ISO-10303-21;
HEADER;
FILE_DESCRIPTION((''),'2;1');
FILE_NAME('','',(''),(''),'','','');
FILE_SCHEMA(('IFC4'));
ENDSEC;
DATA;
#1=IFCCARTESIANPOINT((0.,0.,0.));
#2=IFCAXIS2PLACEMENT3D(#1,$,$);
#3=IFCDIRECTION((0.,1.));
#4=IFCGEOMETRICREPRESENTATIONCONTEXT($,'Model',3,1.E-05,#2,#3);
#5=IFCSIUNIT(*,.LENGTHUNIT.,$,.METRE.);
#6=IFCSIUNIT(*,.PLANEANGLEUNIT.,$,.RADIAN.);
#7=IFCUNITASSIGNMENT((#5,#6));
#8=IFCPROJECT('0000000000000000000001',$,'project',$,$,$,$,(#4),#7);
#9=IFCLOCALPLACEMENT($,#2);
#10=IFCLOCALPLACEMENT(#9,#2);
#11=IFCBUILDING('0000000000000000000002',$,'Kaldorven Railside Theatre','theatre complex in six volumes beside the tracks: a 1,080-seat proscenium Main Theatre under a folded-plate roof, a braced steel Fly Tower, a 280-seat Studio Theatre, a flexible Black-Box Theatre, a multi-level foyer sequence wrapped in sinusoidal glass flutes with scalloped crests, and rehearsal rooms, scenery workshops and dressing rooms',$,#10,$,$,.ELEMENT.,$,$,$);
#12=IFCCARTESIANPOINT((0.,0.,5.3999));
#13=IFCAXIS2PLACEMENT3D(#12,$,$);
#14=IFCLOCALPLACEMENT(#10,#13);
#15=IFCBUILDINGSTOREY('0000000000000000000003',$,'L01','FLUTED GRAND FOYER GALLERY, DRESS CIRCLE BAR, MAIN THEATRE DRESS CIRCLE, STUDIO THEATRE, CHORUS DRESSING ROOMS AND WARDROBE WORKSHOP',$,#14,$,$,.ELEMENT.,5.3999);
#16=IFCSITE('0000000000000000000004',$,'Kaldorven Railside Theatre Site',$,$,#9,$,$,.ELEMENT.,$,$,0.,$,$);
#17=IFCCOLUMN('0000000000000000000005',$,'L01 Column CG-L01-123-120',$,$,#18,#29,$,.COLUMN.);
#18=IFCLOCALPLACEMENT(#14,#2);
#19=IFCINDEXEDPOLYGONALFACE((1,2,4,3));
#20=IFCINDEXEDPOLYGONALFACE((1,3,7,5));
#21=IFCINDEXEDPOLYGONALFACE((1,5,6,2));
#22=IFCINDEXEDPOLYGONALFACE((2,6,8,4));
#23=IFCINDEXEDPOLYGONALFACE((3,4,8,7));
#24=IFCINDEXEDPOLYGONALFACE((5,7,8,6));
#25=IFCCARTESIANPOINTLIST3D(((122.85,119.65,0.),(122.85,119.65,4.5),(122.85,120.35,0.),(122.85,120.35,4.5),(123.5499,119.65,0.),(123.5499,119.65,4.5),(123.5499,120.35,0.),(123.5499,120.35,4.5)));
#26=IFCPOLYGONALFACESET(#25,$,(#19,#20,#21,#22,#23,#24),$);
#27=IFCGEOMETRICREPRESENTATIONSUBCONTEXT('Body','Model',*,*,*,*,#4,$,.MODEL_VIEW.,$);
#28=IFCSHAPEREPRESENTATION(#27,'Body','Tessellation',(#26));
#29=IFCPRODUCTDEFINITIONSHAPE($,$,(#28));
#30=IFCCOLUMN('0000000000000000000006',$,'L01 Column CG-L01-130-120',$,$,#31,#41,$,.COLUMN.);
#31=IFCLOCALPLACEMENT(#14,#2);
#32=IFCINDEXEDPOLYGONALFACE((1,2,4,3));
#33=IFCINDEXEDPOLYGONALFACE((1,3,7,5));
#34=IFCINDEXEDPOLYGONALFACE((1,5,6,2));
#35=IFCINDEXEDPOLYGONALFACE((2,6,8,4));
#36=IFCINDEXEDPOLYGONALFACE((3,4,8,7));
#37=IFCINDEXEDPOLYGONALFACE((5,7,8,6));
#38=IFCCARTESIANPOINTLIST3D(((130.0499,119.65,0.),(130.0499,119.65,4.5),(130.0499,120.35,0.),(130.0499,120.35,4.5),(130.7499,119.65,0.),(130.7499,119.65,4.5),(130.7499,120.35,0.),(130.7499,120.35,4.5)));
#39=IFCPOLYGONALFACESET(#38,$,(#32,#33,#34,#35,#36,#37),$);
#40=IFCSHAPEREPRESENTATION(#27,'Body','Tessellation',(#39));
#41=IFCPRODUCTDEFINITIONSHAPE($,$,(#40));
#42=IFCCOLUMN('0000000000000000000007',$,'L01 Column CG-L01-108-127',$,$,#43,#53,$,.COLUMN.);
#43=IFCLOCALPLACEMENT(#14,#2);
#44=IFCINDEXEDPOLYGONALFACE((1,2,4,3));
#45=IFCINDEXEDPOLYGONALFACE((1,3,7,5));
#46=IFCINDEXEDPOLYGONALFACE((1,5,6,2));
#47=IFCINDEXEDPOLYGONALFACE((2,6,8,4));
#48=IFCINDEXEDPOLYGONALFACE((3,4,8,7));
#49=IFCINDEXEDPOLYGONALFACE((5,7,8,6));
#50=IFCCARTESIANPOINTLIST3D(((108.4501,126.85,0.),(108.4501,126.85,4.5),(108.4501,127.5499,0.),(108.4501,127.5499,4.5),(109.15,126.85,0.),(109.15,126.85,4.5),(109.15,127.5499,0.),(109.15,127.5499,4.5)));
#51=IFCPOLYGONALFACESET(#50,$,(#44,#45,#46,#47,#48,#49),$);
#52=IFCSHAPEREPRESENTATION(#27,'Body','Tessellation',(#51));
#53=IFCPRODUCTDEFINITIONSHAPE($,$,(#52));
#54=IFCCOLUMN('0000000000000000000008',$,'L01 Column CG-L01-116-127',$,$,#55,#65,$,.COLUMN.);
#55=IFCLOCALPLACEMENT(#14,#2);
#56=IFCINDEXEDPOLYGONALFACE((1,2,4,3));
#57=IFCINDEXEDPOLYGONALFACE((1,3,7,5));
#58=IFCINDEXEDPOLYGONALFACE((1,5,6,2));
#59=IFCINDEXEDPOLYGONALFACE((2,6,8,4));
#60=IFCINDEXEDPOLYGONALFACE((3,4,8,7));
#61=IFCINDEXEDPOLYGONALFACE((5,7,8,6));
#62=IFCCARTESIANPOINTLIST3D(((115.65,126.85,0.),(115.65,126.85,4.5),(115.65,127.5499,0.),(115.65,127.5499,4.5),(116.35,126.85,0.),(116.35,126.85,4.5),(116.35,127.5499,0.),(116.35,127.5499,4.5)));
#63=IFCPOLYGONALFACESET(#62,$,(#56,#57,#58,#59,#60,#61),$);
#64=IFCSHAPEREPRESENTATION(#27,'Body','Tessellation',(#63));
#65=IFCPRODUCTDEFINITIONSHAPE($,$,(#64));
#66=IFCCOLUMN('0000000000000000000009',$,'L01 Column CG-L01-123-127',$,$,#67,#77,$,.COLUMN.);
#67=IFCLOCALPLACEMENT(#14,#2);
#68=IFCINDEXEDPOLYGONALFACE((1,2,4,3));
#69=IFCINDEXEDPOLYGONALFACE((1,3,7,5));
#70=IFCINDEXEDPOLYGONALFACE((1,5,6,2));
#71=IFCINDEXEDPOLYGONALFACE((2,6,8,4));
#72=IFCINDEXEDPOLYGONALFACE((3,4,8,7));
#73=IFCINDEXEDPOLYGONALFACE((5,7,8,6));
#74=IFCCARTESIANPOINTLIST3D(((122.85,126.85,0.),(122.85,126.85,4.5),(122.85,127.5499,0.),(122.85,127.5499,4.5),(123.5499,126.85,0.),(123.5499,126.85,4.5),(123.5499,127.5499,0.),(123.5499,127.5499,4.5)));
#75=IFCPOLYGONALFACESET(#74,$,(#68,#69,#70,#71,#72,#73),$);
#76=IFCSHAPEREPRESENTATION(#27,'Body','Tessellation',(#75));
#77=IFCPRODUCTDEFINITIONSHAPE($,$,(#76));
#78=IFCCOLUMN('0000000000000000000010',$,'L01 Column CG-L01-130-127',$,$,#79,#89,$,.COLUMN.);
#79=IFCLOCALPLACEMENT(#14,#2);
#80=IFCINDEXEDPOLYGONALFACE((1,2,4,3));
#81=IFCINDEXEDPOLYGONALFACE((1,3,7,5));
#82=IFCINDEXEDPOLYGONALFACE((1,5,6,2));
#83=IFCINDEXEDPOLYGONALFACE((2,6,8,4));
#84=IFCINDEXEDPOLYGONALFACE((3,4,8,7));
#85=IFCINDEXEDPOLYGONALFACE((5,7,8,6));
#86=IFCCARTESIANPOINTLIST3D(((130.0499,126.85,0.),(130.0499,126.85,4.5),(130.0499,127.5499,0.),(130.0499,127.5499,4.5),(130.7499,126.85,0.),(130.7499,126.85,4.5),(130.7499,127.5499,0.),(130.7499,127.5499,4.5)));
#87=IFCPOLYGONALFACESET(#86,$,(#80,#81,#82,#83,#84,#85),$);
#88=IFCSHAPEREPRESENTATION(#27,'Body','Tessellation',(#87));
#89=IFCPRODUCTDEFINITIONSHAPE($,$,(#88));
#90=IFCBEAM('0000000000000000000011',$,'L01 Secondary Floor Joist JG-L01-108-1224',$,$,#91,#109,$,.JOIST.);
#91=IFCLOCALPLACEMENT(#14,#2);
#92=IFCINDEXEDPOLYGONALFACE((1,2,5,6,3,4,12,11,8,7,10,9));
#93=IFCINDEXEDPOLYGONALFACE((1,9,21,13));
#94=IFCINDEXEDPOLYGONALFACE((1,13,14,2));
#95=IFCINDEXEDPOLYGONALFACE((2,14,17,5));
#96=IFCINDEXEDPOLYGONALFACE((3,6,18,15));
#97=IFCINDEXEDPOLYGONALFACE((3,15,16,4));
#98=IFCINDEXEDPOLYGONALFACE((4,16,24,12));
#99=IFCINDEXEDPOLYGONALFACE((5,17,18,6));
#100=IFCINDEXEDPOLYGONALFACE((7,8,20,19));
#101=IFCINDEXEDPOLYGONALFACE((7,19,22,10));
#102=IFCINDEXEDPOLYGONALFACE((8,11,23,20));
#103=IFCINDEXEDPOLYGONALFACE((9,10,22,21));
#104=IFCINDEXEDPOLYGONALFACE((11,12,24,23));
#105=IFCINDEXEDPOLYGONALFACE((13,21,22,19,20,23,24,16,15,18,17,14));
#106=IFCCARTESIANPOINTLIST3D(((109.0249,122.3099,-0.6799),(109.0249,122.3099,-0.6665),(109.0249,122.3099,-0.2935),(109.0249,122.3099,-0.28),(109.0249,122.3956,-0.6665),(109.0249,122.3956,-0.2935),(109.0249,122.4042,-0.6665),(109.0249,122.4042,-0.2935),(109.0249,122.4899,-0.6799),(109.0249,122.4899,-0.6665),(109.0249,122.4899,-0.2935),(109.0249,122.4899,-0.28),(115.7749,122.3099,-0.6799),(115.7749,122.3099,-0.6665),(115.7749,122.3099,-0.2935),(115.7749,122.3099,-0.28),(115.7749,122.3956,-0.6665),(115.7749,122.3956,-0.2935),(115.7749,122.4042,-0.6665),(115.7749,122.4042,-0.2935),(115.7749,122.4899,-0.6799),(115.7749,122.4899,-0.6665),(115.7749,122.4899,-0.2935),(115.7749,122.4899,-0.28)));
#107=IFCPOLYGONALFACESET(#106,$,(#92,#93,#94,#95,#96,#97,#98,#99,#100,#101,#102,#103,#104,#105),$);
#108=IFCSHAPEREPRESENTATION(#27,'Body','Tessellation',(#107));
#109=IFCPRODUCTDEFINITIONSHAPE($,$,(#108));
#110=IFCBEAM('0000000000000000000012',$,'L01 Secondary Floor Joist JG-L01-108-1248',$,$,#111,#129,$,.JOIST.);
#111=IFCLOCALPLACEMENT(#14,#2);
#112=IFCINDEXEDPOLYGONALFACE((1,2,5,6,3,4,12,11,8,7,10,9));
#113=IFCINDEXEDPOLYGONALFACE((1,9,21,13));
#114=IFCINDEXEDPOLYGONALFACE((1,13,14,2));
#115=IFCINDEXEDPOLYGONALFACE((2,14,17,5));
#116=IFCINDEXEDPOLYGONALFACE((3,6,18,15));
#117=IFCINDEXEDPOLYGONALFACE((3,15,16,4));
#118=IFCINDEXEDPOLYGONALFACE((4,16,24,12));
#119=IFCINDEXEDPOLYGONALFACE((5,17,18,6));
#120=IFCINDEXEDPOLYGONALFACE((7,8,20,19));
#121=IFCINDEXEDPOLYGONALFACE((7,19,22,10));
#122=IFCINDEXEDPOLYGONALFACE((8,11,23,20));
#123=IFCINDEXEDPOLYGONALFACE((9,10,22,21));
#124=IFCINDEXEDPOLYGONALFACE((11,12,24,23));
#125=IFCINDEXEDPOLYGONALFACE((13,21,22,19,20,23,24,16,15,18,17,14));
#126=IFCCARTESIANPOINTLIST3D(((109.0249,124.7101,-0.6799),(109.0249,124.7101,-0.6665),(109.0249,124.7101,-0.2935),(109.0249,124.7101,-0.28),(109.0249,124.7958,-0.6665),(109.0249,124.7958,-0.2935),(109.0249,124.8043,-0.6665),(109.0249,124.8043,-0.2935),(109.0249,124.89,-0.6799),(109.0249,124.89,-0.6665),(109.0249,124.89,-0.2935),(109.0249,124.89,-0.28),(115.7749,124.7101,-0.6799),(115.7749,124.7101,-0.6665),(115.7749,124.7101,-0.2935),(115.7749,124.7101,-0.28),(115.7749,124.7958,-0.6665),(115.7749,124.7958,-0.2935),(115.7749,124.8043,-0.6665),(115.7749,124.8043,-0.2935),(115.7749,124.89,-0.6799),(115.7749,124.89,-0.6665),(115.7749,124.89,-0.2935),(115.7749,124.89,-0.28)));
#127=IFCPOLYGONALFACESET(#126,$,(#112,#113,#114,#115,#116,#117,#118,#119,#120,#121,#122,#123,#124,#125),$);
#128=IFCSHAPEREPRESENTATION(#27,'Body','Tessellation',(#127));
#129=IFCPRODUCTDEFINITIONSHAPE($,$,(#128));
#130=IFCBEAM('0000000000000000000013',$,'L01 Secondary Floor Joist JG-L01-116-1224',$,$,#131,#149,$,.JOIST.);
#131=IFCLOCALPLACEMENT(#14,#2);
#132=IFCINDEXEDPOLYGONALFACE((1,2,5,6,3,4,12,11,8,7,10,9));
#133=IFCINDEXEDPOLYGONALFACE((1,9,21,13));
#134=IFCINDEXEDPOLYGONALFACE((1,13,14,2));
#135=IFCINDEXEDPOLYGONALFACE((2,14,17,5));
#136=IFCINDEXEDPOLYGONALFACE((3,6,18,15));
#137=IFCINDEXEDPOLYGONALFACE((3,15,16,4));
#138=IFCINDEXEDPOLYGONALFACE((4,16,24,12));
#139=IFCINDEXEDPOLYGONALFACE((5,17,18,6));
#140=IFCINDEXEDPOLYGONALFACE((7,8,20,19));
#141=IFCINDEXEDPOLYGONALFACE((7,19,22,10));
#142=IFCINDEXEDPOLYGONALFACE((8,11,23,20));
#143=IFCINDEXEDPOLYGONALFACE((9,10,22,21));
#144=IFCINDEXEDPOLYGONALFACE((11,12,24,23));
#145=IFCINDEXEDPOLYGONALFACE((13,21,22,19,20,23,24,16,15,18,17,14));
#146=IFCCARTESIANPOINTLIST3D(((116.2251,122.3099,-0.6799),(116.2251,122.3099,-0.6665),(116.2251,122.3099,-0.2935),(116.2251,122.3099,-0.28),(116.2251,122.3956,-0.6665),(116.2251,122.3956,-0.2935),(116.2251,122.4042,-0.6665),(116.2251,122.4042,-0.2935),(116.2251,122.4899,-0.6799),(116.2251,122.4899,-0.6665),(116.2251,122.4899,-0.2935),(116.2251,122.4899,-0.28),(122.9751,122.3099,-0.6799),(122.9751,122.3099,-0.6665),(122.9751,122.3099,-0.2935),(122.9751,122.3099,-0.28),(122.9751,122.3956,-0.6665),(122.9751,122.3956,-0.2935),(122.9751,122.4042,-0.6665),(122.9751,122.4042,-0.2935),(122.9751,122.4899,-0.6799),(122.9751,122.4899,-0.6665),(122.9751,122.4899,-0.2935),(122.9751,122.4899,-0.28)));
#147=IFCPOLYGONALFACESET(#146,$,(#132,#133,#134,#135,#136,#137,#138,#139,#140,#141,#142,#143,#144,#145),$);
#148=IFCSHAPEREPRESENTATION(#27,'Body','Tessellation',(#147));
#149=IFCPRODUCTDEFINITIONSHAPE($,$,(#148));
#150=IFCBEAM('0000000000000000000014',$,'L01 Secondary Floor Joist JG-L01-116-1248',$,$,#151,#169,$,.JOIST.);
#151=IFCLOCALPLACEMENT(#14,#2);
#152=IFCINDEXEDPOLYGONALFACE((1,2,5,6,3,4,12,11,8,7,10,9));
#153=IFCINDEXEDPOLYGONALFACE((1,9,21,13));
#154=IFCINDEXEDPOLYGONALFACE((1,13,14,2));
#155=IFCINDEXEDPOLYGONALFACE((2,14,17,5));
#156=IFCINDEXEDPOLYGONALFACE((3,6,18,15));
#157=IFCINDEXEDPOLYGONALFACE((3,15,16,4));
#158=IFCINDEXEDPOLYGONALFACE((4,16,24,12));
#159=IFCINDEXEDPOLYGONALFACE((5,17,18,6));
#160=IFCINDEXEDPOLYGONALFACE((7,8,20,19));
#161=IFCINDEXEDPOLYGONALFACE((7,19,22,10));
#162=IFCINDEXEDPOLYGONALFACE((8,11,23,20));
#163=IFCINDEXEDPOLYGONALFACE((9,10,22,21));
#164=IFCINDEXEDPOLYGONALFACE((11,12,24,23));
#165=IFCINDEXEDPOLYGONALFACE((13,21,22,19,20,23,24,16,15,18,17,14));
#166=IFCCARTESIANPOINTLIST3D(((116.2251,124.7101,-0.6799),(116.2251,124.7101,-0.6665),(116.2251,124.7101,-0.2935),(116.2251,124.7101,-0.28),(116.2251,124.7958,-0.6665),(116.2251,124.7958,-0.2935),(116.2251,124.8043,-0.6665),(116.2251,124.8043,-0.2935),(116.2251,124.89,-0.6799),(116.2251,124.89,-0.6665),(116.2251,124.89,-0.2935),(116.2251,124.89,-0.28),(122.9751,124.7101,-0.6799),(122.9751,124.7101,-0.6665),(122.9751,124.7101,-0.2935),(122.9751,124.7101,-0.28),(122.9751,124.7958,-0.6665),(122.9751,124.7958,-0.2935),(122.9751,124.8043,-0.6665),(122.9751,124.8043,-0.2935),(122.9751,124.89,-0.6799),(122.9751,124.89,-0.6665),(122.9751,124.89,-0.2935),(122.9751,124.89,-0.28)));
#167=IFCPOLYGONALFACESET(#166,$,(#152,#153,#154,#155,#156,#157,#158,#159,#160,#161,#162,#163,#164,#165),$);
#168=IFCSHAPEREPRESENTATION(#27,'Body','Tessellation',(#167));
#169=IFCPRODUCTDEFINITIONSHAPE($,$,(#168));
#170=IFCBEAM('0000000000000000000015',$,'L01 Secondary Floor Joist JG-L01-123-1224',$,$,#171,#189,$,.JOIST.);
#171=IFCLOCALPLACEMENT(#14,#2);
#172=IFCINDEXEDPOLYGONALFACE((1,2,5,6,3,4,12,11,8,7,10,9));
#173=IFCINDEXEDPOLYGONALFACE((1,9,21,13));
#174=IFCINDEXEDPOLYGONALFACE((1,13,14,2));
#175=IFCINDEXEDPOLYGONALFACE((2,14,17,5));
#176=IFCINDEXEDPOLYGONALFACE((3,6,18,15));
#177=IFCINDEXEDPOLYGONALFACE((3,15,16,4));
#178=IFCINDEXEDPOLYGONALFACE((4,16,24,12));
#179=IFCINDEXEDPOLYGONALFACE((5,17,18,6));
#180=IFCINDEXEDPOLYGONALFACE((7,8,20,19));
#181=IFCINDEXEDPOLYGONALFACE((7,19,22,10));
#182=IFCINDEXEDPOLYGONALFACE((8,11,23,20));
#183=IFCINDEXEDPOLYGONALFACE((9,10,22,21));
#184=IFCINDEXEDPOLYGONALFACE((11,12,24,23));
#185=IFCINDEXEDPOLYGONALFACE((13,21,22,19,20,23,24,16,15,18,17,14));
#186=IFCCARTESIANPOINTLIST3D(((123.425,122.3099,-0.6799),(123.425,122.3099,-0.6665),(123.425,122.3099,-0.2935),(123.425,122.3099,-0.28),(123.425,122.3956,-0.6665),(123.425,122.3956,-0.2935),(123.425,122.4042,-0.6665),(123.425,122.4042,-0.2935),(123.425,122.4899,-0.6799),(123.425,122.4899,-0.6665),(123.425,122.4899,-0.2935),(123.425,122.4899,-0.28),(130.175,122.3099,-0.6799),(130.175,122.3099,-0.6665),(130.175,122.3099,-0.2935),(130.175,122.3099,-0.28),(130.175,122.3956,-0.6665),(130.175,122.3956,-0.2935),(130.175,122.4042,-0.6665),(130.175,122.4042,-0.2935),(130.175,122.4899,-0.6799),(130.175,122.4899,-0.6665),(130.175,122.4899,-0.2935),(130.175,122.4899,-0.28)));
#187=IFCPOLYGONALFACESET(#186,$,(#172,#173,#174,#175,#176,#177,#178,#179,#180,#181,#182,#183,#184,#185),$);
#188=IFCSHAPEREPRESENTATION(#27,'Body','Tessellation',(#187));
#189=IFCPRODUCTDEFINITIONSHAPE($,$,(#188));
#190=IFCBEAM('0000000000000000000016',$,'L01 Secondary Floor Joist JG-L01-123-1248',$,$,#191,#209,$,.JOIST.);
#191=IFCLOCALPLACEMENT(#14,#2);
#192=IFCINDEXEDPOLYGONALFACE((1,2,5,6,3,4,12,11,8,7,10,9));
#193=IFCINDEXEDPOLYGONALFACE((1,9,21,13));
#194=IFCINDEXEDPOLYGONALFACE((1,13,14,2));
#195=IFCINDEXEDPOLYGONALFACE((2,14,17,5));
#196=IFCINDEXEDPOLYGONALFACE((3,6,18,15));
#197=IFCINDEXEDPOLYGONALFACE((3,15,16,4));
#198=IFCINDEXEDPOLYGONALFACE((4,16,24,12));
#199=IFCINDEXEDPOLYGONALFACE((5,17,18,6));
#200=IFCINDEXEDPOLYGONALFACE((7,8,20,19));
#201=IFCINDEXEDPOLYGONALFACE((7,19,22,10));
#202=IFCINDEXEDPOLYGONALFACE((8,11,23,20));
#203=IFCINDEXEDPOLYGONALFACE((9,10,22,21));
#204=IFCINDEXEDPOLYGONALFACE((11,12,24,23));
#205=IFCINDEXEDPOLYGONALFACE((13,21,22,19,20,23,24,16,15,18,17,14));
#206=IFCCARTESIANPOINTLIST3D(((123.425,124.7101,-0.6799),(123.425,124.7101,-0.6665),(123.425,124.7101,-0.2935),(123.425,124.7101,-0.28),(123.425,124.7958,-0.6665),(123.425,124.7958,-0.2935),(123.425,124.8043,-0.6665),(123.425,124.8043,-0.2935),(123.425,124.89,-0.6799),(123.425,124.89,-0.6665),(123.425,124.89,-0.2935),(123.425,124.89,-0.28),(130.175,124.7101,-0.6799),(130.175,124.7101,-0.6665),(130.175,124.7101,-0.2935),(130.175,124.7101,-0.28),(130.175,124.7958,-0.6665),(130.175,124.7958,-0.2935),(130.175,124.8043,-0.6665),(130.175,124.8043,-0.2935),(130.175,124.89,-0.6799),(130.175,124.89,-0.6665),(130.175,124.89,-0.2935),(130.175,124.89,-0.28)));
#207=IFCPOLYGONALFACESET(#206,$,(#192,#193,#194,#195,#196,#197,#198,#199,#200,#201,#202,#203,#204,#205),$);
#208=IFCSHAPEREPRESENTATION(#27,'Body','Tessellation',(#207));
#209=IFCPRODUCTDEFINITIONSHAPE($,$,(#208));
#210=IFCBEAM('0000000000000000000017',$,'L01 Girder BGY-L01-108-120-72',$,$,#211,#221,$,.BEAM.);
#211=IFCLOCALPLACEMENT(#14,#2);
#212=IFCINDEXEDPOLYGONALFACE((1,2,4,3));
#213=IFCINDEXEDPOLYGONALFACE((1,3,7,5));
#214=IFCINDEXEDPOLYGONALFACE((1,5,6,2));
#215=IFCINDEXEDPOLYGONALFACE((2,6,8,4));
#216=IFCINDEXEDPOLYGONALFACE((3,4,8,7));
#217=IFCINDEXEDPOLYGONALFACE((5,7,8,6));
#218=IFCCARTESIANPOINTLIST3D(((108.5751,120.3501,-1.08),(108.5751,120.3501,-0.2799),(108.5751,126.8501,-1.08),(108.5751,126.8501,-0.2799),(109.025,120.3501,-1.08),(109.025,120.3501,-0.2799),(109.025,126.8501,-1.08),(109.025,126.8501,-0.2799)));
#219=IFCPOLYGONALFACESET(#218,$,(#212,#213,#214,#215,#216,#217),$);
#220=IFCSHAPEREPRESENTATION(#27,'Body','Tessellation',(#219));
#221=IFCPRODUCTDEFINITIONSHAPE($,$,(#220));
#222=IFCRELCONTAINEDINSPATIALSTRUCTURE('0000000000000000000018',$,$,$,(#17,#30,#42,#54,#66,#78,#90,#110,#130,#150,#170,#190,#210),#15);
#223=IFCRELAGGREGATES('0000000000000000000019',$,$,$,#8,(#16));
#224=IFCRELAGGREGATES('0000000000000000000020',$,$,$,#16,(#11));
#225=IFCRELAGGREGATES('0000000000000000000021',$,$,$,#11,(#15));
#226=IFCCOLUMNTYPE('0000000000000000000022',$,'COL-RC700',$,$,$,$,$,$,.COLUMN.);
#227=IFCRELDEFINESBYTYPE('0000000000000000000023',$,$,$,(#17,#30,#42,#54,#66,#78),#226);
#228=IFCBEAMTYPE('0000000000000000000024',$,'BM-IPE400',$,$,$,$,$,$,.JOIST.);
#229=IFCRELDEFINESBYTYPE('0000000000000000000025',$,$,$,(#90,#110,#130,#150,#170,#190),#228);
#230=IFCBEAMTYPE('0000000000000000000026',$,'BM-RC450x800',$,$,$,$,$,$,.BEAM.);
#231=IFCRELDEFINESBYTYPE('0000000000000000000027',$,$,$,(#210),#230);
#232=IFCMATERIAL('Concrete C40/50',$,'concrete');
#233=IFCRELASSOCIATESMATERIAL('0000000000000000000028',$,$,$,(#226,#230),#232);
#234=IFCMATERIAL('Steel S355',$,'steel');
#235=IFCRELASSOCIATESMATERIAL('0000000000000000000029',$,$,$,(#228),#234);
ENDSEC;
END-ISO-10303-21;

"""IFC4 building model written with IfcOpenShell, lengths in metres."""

from ifc_helpers import new_model, si_unit, direction, frame, origin, origin_2d, place, context, subcontext, project, spatial, rectangle, i_section, extrude, material, material_profile, profile_set, type_object, element, save


model = new_model("IFC4")

# Units and contexts
model_context = context("Model", 3, precision=1e-05, world=origin(), true_north=direction((0.0, 1.0)))
body_context = subcontext(model_context, "Body", "Model", "MODEL_VIEW")
ifc_project = project(units=[si_unit("LENGTHUNIT", "METRE"), si_unit("PLANEANGLEUNIT", "RADIAN")], contexts=[model_context])

# Site, building, storey
site_placement = place(None, origin())
site = spatial("IfcSite", under=ifc_project, at=site_placement, Name="Kaldorven Railside Theatre Site", CompositionType="ELEMENT", RefElevation=0.0)
building_placement = place(site_placement, origin())
building = spatial("IfcBuilding", under=site, at=building_placement, Name="Kaldorven Railside Theatre", Description="theatre complex in six volumes beside the tracks: a 1,080-seat proscenium Main Theatre under a folded-plate roof, a braced steel Fly Tower, a 280-seat Studio Theatre, a flexible Black-Box Theatre, a multi-level foyer sequence wrapped in sinusoidal glass flutes with scalloped crests, and rehearsal rooms, scenery workshops and dressing rooms", CompositionType="ELEMENT")
storey_placement = place(building_placement, frame((0.0, 0.0, 5.3999)))
storey = spatial("IfcBuildingStorey", under=building, at=storey_placement, Name="L01", Description="FLUTED GRAND FOYER GALLERY, DRESS CIRCLE BAR, MAIN THEATRE DRESS CIRCLE, STUDIO THEATRE, CHORUS DRESSING ROOMS AND WARDROBE WORKSHOP", CompositionType="ELEMENT", Elevation=5.3999)

# Columns
ifc_material_1 = material(Name="Concrete C40/50", Category="concrete")
ifc_material_profile_1 = material_profile(ifc_material_1, rectangle(XDim=0.7, YDim=0.7, at=origin_2d()), Name="RC 700x700")
ifc_profile_set_1 = profile_set([ifc_material_profile_1], Name="Concrete C40/50")
column_type = type_object("IfcColumnType", Name="COL-RC700", PredefinedType="COLUMN", material=ifc_profile_set_1)
for number, where, z_axis, x_axis, name in (
    (1, (123.2, 120.0, 0.0), (0.0, 0.0, 1.0), (0.0, 1.0, 0.0), "L01 Column CG-L01-123-120"),
    (2, (130.3999, 120.0, 0.0), (0.0, 0.0, 1.0), (1.0, 0.0, 0.0), "L01 Column CG-L01-130-120"),
    (3, (108.8, 127.2, 0.0), (0.0, 0.0, 1.0), (1.0, 0.0, 0.0), "L01 Column CG-L01-108-127"),
    (4, (116.0, 127.2, 0.0), (0.0, 0.0, 1.0), (0.0, 1.0, 0.0), "L01 Column CG-L01-116-127"),
    (5, (123.2, 127.2, 0.0), (0.0, 0.0, 1.0), (1.0, 0.0, 0.0), "L01 Column CG-L01-123-127"),
    (6, (130.3999, 127.2, 0.0), (0.0, 0.0, 1.0), (0.0, 1.0, 0.0), "L01 Column CG-L01-130-127"),
):
    element("IfcColumn", number, at=place(storey_placement, frame(where, z_axis=z_axis, x_axis=x_axis)), inside=storey, type_object=column_type, Name=name, PredefinedType="COLUMN", context=body_context, shape_type="SweptSolid", body=[
        extrude(rectangle(XDim=0.7, YDim=0.7, at=origin_2d()), origin(), (0.0, 0.0, 1.0), 4.5),
    ])

# Beams
ifc_material_2 = material(Name="Steel S355", Category="steel")
ifc_material_profile_2 = material_profile(ifc_material_2, i_section(OverallWidth=0.1799, OverallDepth=0.3999, WebThickness=0.0085, FlangeThickness=0.0134, at=origin_2d()), Name="IPE 400")
ifc_profile_set_2 = profile_set([ifc_material_profile_2], Name="Steel S355")
beam_type_1 = type_object("IfcBeamType", Name="BM-IPE400", PredefinedType="JOIST", material=ifc_profile_set_2)
for number, where, z_axis, x_axis, name in (
    (7, (109.0249, 122.3999, -0.48), (1.0, 0.0, 0.0), (0.0, 1.0, 0.0), "L01 Secondary Floor Joist JG-L01-108-1224"),
    (8, (109.0249, 124.8, -0.48), (1.0, 0.0, 0.0), (0.0, 1.0, 0.0), "L01 Secondary Floor Joist JG-L01-108-1248"),
    (9, (116.2251, 122.3999, -0.48), (1.0, 0.0, 0.0), (0.0, 1.0, 0.0), "L01 Secondary Floor Joist JG-L01-116-1224"),
    (10, (116.2251, 124.8, -0.48), (1.0, 0.0, 0.0), (0.0, 1.0, 0.0), "L01 Secondary Floor Joist JG-L01-116-1248"),
    (11, (123.425, 122.3999, -0.48), (1.0, 0.0, 0.0), (0.0, 1.0, 0.0), "L01 Secondary Floor Joist JG-L01-123-1224"),
    (12, (123.425, 124.8, -0.48), (1.0, 0.0, 0.0), (0.0, 1.0, 0.0), "L01 Secondary Floor Joist JG-L01-123-1248"),
):
    element("IfcBeam", number, at=place(storey_placement, frame(where, z_axis=z_axis, x_axis=x_axis)), inside=storey, type_object=beam_type_1, Name=name, PredefinedType="JOIST", context=body_context, shape_type="SweptSolid", body=[
        extrude(i_section(OverallWidth=0.1799, OverallDepth=0.3999, WebThickness=0.0085, FlangeThickness=0.0134, at=origin_2d()), origin(), (0.0, 0.0, 1.0), 6.75),
    ])
ifc_material_profile_3 = material_profile(ifc_material_1, rectangle(XDim=0.45, YDim=0.8, at=origin_2d()), Name="RC 450x800")
ifc_profile_set_3 = profile_set([ifc_material_profile_3], Name="Concrete C40/50")
beam_type_2 = type_object("IfcBeamType", Name="BM-RC450x800", PredefinedType="BEAM", material=ifc_profile_set_3)
for number, where, z_axis, x_axis, name in (
    (13, (108.8, 120.3501, -0.6799), (0.0, 1.0, 0.0), (-1.0, 0.0, 0.0), "L01 Girder BGY-L01-108-120-72"),
):
    element("IfcBeam", number, at=place(storey_placement, frame(where, z_axis=z_axis, x_axis=x_axis)), inside=storey, type_object=beam_type_2, Name=name, PredefinedType="BEAM", context=body_context, shape_type="SweptSolid", body=[
        extrude(rectangle(XDim=0.45, YDim=0.8, at=origin_2d()), origin(), (0.0, 0.0, 1.0), 6.5),
    ])

save(model, "model.ifc")
